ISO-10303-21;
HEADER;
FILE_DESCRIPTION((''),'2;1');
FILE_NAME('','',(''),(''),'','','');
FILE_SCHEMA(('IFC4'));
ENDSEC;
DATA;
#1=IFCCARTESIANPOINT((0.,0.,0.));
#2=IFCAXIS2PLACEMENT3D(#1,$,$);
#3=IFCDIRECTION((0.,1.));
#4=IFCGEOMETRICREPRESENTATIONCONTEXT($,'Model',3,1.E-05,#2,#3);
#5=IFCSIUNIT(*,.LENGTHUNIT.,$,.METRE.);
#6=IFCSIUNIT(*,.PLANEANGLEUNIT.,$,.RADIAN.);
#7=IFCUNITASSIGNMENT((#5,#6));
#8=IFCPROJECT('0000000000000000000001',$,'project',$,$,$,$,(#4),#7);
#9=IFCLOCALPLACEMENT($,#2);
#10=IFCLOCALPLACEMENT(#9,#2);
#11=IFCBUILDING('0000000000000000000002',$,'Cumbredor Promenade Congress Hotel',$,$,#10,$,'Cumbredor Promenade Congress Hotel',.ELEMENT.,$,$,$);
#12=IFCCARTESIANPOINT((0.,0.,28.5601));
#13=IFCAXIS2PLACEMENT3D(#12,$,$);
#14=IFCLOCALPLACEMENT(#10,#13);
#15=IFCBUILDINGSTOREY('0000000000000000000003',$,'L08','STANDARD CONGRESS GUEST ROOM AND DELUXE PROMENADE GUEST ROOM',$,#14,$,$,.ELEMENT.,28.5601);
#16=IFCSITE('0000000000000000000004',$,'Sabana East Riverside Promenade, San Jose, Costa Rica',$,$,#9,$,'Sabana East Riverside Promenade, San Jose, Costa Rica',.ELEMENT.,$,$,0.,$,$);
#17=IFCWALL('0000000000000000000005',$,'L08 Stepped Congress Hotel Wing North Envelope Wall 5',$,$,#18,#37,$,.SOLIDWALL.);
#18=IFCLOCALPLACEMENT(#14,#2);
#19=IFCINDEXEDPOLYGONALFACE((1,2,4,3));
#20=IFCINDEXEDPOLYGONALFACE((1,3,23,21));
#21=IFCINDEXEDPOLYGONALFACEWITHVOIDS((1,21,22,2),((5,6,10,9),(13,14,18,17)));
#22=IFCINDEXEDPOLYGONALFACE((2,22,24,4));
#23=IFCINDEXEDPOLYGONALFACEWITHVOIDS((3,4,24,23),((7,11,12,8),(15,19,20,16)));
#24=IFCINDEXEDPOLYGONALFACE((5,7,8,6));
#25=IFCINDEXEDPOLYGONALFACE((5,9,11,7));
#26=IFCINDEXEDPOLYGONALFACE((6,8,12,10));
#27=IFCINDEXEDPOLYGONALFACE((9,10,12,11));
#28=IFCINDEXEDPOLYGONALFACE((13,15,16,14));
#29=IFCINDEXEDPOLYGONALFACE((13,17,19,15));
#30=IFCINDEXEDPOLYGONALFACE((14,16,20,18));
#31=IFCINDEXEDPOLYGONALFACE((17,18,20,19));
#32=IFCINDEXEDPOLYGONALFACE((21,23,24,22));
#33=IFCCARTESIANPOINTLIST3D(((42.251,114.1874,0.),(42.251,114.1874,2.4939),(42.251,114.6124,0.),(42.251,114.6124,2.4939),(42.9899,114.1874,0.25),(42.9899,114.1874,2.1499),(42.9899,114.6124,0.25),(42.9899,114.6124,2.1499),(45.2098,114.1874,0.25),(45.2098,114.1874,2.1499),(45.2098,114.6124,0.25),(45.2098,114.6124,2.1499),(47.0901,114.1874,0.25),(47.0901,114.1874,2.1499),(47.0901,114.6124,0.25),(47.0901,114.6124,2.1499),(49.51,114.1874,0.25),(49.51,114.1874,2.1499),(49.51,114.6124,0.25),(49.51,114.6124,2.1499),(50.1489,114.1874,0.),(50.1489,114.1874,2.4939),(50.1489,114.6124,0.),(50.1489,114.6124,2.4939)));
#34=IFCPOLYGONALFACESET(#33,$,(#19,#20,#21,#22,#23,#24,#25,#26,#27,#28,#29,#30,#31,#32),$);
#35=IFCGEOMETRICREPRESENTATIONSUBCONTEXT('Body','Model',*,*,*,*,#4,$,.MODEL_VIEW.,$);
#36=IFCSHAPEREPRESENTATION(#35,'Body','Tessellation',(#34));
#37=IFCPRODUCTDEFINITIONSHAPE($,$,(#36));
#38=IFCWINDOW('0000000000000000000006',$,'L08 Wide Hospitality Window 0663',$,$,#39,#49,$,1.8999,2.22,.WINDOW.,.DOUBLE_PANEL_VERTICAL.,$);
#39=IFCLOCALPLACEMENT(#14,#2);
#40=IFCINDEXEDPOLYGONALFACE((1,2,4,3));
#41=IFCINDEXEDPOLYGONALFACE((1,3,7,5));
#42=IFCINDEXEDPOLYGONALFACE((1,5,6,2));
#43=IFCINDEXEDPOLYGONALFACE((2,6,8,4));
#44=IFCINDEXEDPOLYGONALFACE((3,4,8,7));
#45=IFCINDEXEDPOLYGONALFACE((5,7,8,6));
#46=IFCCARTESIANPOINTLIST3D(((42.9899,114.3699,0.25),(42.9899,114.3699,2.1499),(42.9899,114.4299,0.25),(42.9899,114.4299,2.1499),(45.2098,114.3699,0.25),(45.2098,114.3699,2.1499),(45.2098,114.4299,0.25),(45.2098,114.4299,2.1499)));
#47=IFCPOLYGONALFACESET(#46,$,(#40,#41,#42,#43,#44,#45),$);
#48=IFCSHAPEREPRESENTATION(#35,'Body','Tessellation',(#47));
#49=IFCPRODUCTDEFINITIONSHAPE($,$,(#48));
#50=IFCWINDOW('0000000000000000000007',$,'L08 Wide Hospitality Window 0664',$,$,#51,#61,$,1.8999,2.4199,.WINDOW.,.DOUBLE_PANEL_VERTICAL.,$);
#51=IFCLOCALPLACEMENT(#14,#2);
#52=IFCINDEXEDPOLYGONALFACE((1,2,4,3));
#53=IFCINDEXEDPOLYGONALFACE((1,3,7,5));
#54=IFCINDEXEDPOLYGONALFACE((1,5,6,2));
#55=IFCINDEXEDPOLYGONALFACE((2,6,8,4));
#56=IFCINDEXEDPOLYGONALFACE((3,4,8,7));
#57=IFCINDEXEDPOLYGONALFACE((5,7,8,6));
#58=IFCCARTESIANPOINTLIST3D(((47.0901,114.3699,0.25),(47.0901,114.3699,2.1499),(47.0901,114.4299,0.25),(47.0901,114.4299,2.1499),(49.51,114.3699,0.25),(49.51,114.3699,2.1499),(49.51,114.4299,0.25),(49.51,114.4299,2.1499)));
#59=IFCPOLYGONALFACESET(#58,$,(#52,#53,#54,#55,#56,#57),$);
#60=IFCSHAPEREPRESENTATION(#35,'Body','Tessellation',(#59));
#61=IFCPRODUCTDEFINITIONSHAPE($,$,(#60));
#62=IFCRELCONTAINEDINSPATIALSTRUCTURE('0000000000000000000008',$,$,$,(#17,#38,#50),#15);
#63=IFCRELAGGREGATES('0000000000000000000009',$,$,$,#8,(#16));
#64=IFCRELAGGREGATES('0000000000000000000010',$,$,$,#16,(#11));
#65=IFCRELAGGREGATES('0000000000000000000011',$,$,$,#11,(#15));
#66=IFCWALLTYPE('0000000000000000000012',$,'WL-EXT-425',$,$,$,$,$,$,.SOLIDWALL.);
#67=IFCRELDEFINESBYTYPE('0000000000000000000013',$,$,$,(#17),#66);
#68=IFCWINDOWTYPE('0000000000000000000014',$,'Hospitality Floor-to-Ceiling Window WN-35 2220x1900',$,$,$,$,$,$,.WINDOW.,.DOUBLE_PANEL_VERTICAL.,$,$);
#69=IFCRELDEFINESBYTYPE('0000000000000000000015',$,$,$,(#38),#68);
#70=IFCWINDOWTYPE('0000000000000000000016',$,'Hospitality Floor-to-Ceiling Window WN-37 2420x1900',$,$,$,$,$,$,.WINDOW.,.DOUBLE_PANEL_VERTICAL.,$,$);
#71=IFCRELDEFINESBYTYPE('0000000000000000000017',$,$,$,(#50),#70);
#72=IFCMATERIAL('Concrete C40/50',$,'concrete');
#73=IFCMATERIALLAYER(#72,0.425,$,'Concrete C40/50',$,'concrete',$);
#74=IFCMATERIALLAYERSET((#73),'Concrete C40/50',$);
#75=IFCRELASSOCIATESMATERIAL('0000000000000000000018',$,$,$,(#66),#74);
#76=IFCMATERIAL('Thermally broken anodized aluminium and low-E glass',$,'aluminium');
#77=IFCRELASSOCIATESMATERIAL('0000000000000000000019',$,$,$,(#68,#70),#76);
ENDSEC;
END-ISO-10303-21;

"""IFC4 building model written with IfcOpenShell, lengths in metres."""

from ifc_helpers import new_model, si_unit, direction, frame, frame_2d, origin, place, context, subcontext, project, spatial, rectangle, extrude, material, layer, layer_set, type_object, element, fill, save


model = new_model("IFC4")

# Units and contexts
model_context = context("Model", 3, precision=1e-05, world=origin(), true_north=direction((0.0, 1.0)))
body_context = subcontext(model_context, "Body", "Model", "MODEL_VIEW")
ifc_project = project(units=[si_unit("LENGTHUNIT", "METRE"), si_unit("PLANEANGLEUNIT", "RADIAN")], contexts=[model_context])

# Site, building, storey
site_placement = place(None, origin())
site = spatial("IfcSite", under=ifc_project, at=site_placement, Name="Sabana East Riverside Promenade, San Jose, Costa Rica", LongName="Sabana East Riverside Promenade, San Jose, Costa Rica", CompositionType="ELEMENT", RefElevation=0.0)
building_placement = place(site_placement, origin())
building = spatial("IfcBuilding", under=site, at=building_placement, Name="Cumbredor Promenade Congress Hotel", LongName="Cumbredor Promenade Congress Hotel", CompositionType="ELEMENT")
storey_placement = place(building_placement, frame((0.0, 0.0, 28.5601)))
storey = spatial("IfcBuildingStorey", under=building, at=storey_placement, Name="L08", Description="STANDARD CONGRESS GUEST ROOM AND DELUXE PROMENADE GUEST ROOM", CompositionType="ELEMENT", Elevation=28.5601)

# Shared definitions
ifc_material_1 = material(Name="Concrete C40/50", Category="concrete")

# Shared definitions
ifc_material_2 = material(Name="Thermally broken anodized aluminium and low-E glass", Category="aluminium")

# Wall, openings, windows
ifc_layer_1 = layer(ifc_material_1, 0.425, Name="Concrete C40/50", Category="concrete")
ifc_layer_set_1 = layer_set([ifc_layer_1], Name="Concrete C40/50")
wall_type_1 = type_object("IfcWallType", Name="WL-EXT-425", PredefinedType="SOLIDWALL", material=ifc_layer_set_1)
wall_1_placement = place(storey_placement, frame((42.251, 114.3999, 0.0), z_axis=(0.0, 0.0, 1.0), x_axis=(1.0, 0.0, 0.0)))
wall_1 = element("IfcWall", 1, at=wall_1_placement, inside=storey, type_object=wall_type_1, Name="L08 Stepped Congress Hotel Wing North Envelope Wall 5", PredefinedType="SOLIDWALL", context=body_context, shape_type="SweptSolid", body=[
    extrude(rectangle(XDim=7.8979, YDim=0.425, at=frame_2d((3.949, 0.0))), origin(), (0.0, 0.0, 1.0), 2.4939),
])
opening_1_placement = place(wall_1_placement, frame((0.739, 0.0, 0.25)))
opening_1 = element("IfcOpeningElement", 2, at=opening_1_placement, cuts=wall_1, PredefinedType="OPENING", context=body_context, shape_type="SweptSolid", body=[
    extrude(rectangle(XDim=2.22, YDim=1.8999, at=frame_2d((1.1099, 0.95))), frame((0.0, 0.2227, 0.0), z_axis=(0.0, -1.0, 0.0), x_axis=(1.0, 0.0, 0.0)), (0.0, 0.0, 1.0), 0.4451),
])
opening_2_placement = place(wall_1_placement, frame((4.8391, 0.0, 0.25)))
opening_2 = element("IfcOpeningElement", 3, at=opening_2_placement, cuts=wall_1, PredefinedType="OPENING", context=body_context, shape_type="SweptSolid", body=[
    extrude(rectangle(XDim=2.4199, YDim=1.8999, at=frame_2d((1.21, 0.95))), frame((0.0, 0.2227, 0.0), z_axis=(0.0, -1.0, 0.0), x_axis=(1.0, 0.0, 0.0)), (0.0, 0.0, 1.0), 0.4451),
])
window_type_1 = type_object("IfcWindowType", Name="Hospitality Floor-to-Ceiling Window WN-35 2220x1900", PartitioningType="DOUBLE_PANEL_VERTICAL", PredefinedType="WINDOW", material=ifc_material_2)
window_1_placement = place(opening_1_placement, origin())
window_1 = element("IfcWindow", 4, at=window_1_placement, inside=storey, type_object=window_type_1, Name="L08 Wide Hospitality Window 0663", OverallHeight=1.8999, OverallWidth=2.22, PartitioningType="DOUBLE_PANEL_VERTICAL", PredefinedType="WINDOW", context=body_context, shape_type="SweptSolid", body=[
    extrude(rectangle(XDim=2.22, YDim=1.8999, at=frame_2d((1.1099, 0.95))), frame((0.0, 0.03, 0.0), z_axis=(0.0, -1.0, 0.0), x_axis=(1.0, 0.0, 0.0)), (0.0, 0.0, 1.0), 0.0601),
])
fill(opening_1, window_1)
window_type_2 = type_object("IfcWindowType", Name="Hospitality Floor-to-Ceiling Window WN-37 2420x1900", PartitioningType="DOUBLE_PANEL_VERTICAL", PredefinedType="WINDOW", material=ifc_material_2)
window_2_placement = place(opening_2_placement, origin())
window_2 = element("IfcWindow", 5, at=window_2_placement, inside=storey, type_object=window_type_2, Name="L08 Wide Hospitality Window 0664", OverallHeight=1.8999, OverallWidth=2.4199, PartitioningType="DOUBLE_PANEL_VERTICAL", PredefinedType="WINDOW", context=body_context, shape_type="SweptSolid", body=[
    extrude(rectangle(XDim=2.4199, YDim=1.8999, at=frame_2d((1.21, 0.95))), frame((0.0, 0.03, 0.0), z_axis=(0.0, -1.0, 0.0), x_axis=(1.0, 0.0, 0.0)), (0.0, 0.0, 1.0), 0.0601),
])
fill(opening_2, window_2)

save(model, "model.ifc")
